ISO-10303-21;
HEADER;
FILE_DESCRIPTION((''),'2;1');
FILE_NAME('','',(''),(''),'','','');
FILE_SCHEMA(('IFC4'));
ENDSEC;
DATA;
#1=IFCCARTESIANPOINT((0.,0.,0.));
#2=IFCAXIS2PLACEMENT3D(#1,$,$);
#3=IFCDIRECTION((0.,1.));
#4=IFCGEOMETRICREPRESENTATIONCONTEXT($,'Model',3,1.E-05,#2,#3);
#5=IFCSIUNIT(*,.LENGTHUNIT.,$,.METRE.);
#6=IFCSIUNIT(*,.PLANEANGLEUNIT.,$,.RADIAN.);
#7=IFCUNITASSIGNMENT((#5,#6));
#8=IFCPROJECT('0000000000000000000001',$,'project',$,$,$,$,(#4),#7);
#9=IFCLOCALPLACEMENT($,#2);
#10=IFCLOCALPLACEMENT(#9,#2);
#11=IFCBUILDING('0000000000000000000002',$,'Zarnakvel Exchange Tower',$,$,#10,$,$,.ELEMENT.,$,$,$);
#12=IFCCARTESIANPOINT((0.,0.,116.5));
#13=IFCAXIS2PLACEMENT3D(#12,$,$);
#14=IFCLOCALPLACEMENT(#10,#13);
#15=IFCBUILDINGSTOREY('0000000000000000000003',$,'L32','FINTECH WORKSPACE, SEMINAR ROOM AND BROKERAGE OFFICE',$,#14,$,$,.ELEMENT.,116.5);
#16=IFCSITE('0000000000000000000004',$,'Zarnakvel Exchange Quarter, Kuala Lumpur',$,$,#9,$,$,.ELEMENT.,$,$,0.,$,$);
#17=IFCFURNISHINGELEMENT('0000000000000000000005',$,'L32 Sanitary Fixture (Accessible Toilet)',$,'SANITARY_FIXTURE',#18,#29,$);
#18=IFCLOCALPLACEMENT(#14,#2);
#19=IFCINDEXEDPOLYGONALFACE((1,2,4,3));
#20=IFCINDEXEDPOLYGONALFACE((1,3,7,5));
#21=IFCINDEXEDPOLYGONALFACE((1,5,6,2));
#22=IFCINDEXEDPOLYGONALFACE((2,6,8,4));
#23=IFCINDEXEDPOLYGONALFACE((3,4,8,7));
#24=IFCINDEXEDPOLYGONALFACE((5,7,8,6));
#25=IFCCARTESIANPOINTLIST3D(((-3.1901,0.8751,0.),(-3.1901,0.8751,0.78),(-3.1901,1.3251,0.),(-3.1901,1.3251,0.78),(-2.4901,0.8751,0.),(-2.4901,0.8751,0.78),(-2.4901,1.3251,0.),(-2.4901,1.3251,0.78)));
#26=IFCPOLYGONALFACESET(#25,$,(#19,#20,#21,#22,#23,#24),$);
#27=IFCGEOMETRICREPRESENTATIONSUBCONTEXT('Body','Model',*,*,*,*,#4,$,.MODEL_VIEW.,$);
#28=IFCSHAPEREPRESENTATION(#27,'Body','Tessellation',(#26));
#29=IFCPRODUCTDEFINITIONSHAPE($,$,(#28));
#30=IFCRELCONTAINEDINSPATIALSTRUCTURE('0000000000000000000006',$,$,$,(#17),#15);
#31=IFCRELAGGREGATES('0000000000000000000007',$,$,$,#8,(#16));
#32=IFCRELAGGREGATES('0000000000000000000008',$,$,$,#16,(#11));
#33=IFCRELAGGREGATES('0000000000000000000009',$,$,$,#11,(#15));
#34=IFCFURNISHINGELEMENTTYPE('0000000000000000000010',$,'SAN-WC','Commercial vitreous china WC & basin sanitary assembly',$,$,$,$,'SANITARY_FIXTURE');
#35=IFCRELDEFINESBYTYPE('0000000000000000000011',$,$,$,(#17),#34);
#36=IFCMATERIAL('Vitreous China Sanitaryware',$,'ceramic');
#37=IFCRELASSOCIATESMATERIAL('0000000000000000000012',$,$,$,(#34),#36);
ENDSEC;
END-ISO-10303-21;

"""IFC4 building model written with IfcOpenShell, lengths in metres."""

from ifc_helpers import new_model, si_unit, direction, frame, origin, origin_2d, place, context, subcontext, project, spatial, rectangle, extrude, source, transform, mapped, material, type_object, element, save


model = new_model("IFC4")

# Units and contexts
model_context = context("Model", 3, precision=1e-05, world=origin(), true_north=direction((0.0, 1.0)))
body_context = subcontext(model_context, "Body", "Model", "MODEL_VIEW")
ifc_project = project(units=[si_unit("LENGTHUNIT", "METRE"), si_unit("PLANEANGLEUNIT", "RADIAN")], contexts=[model_context])

# Site, building, storey
site_placement = place(None, origin())
site = spatial("IfcSite", under=ifc_project, at=site_placement, Name="Zarnakvel Exchange Quarter, Kuala Lumpur", CompositionType="ELEMENT", RefElevation=0.0)
building_placement = place(site_placement, origin())
building = spatial("IfcBuilding", under=site, at=building_placement, Name="Zarnakvel Exchange Tower", CompositionType="ELEMENT")
storey_placement = place(building_placement, frame((0.0, 0.0, 116.5)))
storey = spatial("IfcBuildingStorey", under=building, at=storey_placement, Name="L32", Description="FINTECH WORKSPACE, SEMINAR ROOM AND BROKERAGE OFFICE", CompositionType="ELEMENT", Elevation=116.5)

# Furnishing element
ifc_material_1 = material(Name="Vitreous China Sanitaryware", Category="ceramic")
furnishing_element_type = type_object("IfcFurnishingElementType", Name="SAN-WC", Description="Commercial vitreous china WC & basin sanitary assembly", ElementType="SANITARY_FIXTURE", material=ifc_material_1)
shared_shape_1 = source(origin(), body_context, "Body", "SweptSolid", [
    extrude(rectangle(XDim=0.7, YDim=0.45, at=origin_2d()), origin(), (0.0, 0.0, 1.0), 0.78),
])
for number, where, z_axis, x_axis, name in (
    (1, (-2.8401, 1.1001, 0.0), (0.0, 0.0, 1.0), (1.0, 0.0, 0.0), "L32 Sanitary Fixture (Accessible Toilet)"),
):
    element("IfcFurnishingElement", number, at=place(storey_placement, frame(where, z_axis=z_axis, x_axis=x_axis)), inside=storey, type_object=furnishing_element_type, Name=name, ObjectType="SANITARY_FIXTURE", context=body_context, shape_type="MappedRepresentation", body=[
        mapped(shared_shape_1, transform((0.0, 0.0, 0.0), x_axis=(1.0, 0.0, 0.0), y_axis=(0.0, 1.0, 0.0), z_axis=(0.0, 0.0, 1.0), scale=1.0)),
    ])

save(model, "model.ifc")
